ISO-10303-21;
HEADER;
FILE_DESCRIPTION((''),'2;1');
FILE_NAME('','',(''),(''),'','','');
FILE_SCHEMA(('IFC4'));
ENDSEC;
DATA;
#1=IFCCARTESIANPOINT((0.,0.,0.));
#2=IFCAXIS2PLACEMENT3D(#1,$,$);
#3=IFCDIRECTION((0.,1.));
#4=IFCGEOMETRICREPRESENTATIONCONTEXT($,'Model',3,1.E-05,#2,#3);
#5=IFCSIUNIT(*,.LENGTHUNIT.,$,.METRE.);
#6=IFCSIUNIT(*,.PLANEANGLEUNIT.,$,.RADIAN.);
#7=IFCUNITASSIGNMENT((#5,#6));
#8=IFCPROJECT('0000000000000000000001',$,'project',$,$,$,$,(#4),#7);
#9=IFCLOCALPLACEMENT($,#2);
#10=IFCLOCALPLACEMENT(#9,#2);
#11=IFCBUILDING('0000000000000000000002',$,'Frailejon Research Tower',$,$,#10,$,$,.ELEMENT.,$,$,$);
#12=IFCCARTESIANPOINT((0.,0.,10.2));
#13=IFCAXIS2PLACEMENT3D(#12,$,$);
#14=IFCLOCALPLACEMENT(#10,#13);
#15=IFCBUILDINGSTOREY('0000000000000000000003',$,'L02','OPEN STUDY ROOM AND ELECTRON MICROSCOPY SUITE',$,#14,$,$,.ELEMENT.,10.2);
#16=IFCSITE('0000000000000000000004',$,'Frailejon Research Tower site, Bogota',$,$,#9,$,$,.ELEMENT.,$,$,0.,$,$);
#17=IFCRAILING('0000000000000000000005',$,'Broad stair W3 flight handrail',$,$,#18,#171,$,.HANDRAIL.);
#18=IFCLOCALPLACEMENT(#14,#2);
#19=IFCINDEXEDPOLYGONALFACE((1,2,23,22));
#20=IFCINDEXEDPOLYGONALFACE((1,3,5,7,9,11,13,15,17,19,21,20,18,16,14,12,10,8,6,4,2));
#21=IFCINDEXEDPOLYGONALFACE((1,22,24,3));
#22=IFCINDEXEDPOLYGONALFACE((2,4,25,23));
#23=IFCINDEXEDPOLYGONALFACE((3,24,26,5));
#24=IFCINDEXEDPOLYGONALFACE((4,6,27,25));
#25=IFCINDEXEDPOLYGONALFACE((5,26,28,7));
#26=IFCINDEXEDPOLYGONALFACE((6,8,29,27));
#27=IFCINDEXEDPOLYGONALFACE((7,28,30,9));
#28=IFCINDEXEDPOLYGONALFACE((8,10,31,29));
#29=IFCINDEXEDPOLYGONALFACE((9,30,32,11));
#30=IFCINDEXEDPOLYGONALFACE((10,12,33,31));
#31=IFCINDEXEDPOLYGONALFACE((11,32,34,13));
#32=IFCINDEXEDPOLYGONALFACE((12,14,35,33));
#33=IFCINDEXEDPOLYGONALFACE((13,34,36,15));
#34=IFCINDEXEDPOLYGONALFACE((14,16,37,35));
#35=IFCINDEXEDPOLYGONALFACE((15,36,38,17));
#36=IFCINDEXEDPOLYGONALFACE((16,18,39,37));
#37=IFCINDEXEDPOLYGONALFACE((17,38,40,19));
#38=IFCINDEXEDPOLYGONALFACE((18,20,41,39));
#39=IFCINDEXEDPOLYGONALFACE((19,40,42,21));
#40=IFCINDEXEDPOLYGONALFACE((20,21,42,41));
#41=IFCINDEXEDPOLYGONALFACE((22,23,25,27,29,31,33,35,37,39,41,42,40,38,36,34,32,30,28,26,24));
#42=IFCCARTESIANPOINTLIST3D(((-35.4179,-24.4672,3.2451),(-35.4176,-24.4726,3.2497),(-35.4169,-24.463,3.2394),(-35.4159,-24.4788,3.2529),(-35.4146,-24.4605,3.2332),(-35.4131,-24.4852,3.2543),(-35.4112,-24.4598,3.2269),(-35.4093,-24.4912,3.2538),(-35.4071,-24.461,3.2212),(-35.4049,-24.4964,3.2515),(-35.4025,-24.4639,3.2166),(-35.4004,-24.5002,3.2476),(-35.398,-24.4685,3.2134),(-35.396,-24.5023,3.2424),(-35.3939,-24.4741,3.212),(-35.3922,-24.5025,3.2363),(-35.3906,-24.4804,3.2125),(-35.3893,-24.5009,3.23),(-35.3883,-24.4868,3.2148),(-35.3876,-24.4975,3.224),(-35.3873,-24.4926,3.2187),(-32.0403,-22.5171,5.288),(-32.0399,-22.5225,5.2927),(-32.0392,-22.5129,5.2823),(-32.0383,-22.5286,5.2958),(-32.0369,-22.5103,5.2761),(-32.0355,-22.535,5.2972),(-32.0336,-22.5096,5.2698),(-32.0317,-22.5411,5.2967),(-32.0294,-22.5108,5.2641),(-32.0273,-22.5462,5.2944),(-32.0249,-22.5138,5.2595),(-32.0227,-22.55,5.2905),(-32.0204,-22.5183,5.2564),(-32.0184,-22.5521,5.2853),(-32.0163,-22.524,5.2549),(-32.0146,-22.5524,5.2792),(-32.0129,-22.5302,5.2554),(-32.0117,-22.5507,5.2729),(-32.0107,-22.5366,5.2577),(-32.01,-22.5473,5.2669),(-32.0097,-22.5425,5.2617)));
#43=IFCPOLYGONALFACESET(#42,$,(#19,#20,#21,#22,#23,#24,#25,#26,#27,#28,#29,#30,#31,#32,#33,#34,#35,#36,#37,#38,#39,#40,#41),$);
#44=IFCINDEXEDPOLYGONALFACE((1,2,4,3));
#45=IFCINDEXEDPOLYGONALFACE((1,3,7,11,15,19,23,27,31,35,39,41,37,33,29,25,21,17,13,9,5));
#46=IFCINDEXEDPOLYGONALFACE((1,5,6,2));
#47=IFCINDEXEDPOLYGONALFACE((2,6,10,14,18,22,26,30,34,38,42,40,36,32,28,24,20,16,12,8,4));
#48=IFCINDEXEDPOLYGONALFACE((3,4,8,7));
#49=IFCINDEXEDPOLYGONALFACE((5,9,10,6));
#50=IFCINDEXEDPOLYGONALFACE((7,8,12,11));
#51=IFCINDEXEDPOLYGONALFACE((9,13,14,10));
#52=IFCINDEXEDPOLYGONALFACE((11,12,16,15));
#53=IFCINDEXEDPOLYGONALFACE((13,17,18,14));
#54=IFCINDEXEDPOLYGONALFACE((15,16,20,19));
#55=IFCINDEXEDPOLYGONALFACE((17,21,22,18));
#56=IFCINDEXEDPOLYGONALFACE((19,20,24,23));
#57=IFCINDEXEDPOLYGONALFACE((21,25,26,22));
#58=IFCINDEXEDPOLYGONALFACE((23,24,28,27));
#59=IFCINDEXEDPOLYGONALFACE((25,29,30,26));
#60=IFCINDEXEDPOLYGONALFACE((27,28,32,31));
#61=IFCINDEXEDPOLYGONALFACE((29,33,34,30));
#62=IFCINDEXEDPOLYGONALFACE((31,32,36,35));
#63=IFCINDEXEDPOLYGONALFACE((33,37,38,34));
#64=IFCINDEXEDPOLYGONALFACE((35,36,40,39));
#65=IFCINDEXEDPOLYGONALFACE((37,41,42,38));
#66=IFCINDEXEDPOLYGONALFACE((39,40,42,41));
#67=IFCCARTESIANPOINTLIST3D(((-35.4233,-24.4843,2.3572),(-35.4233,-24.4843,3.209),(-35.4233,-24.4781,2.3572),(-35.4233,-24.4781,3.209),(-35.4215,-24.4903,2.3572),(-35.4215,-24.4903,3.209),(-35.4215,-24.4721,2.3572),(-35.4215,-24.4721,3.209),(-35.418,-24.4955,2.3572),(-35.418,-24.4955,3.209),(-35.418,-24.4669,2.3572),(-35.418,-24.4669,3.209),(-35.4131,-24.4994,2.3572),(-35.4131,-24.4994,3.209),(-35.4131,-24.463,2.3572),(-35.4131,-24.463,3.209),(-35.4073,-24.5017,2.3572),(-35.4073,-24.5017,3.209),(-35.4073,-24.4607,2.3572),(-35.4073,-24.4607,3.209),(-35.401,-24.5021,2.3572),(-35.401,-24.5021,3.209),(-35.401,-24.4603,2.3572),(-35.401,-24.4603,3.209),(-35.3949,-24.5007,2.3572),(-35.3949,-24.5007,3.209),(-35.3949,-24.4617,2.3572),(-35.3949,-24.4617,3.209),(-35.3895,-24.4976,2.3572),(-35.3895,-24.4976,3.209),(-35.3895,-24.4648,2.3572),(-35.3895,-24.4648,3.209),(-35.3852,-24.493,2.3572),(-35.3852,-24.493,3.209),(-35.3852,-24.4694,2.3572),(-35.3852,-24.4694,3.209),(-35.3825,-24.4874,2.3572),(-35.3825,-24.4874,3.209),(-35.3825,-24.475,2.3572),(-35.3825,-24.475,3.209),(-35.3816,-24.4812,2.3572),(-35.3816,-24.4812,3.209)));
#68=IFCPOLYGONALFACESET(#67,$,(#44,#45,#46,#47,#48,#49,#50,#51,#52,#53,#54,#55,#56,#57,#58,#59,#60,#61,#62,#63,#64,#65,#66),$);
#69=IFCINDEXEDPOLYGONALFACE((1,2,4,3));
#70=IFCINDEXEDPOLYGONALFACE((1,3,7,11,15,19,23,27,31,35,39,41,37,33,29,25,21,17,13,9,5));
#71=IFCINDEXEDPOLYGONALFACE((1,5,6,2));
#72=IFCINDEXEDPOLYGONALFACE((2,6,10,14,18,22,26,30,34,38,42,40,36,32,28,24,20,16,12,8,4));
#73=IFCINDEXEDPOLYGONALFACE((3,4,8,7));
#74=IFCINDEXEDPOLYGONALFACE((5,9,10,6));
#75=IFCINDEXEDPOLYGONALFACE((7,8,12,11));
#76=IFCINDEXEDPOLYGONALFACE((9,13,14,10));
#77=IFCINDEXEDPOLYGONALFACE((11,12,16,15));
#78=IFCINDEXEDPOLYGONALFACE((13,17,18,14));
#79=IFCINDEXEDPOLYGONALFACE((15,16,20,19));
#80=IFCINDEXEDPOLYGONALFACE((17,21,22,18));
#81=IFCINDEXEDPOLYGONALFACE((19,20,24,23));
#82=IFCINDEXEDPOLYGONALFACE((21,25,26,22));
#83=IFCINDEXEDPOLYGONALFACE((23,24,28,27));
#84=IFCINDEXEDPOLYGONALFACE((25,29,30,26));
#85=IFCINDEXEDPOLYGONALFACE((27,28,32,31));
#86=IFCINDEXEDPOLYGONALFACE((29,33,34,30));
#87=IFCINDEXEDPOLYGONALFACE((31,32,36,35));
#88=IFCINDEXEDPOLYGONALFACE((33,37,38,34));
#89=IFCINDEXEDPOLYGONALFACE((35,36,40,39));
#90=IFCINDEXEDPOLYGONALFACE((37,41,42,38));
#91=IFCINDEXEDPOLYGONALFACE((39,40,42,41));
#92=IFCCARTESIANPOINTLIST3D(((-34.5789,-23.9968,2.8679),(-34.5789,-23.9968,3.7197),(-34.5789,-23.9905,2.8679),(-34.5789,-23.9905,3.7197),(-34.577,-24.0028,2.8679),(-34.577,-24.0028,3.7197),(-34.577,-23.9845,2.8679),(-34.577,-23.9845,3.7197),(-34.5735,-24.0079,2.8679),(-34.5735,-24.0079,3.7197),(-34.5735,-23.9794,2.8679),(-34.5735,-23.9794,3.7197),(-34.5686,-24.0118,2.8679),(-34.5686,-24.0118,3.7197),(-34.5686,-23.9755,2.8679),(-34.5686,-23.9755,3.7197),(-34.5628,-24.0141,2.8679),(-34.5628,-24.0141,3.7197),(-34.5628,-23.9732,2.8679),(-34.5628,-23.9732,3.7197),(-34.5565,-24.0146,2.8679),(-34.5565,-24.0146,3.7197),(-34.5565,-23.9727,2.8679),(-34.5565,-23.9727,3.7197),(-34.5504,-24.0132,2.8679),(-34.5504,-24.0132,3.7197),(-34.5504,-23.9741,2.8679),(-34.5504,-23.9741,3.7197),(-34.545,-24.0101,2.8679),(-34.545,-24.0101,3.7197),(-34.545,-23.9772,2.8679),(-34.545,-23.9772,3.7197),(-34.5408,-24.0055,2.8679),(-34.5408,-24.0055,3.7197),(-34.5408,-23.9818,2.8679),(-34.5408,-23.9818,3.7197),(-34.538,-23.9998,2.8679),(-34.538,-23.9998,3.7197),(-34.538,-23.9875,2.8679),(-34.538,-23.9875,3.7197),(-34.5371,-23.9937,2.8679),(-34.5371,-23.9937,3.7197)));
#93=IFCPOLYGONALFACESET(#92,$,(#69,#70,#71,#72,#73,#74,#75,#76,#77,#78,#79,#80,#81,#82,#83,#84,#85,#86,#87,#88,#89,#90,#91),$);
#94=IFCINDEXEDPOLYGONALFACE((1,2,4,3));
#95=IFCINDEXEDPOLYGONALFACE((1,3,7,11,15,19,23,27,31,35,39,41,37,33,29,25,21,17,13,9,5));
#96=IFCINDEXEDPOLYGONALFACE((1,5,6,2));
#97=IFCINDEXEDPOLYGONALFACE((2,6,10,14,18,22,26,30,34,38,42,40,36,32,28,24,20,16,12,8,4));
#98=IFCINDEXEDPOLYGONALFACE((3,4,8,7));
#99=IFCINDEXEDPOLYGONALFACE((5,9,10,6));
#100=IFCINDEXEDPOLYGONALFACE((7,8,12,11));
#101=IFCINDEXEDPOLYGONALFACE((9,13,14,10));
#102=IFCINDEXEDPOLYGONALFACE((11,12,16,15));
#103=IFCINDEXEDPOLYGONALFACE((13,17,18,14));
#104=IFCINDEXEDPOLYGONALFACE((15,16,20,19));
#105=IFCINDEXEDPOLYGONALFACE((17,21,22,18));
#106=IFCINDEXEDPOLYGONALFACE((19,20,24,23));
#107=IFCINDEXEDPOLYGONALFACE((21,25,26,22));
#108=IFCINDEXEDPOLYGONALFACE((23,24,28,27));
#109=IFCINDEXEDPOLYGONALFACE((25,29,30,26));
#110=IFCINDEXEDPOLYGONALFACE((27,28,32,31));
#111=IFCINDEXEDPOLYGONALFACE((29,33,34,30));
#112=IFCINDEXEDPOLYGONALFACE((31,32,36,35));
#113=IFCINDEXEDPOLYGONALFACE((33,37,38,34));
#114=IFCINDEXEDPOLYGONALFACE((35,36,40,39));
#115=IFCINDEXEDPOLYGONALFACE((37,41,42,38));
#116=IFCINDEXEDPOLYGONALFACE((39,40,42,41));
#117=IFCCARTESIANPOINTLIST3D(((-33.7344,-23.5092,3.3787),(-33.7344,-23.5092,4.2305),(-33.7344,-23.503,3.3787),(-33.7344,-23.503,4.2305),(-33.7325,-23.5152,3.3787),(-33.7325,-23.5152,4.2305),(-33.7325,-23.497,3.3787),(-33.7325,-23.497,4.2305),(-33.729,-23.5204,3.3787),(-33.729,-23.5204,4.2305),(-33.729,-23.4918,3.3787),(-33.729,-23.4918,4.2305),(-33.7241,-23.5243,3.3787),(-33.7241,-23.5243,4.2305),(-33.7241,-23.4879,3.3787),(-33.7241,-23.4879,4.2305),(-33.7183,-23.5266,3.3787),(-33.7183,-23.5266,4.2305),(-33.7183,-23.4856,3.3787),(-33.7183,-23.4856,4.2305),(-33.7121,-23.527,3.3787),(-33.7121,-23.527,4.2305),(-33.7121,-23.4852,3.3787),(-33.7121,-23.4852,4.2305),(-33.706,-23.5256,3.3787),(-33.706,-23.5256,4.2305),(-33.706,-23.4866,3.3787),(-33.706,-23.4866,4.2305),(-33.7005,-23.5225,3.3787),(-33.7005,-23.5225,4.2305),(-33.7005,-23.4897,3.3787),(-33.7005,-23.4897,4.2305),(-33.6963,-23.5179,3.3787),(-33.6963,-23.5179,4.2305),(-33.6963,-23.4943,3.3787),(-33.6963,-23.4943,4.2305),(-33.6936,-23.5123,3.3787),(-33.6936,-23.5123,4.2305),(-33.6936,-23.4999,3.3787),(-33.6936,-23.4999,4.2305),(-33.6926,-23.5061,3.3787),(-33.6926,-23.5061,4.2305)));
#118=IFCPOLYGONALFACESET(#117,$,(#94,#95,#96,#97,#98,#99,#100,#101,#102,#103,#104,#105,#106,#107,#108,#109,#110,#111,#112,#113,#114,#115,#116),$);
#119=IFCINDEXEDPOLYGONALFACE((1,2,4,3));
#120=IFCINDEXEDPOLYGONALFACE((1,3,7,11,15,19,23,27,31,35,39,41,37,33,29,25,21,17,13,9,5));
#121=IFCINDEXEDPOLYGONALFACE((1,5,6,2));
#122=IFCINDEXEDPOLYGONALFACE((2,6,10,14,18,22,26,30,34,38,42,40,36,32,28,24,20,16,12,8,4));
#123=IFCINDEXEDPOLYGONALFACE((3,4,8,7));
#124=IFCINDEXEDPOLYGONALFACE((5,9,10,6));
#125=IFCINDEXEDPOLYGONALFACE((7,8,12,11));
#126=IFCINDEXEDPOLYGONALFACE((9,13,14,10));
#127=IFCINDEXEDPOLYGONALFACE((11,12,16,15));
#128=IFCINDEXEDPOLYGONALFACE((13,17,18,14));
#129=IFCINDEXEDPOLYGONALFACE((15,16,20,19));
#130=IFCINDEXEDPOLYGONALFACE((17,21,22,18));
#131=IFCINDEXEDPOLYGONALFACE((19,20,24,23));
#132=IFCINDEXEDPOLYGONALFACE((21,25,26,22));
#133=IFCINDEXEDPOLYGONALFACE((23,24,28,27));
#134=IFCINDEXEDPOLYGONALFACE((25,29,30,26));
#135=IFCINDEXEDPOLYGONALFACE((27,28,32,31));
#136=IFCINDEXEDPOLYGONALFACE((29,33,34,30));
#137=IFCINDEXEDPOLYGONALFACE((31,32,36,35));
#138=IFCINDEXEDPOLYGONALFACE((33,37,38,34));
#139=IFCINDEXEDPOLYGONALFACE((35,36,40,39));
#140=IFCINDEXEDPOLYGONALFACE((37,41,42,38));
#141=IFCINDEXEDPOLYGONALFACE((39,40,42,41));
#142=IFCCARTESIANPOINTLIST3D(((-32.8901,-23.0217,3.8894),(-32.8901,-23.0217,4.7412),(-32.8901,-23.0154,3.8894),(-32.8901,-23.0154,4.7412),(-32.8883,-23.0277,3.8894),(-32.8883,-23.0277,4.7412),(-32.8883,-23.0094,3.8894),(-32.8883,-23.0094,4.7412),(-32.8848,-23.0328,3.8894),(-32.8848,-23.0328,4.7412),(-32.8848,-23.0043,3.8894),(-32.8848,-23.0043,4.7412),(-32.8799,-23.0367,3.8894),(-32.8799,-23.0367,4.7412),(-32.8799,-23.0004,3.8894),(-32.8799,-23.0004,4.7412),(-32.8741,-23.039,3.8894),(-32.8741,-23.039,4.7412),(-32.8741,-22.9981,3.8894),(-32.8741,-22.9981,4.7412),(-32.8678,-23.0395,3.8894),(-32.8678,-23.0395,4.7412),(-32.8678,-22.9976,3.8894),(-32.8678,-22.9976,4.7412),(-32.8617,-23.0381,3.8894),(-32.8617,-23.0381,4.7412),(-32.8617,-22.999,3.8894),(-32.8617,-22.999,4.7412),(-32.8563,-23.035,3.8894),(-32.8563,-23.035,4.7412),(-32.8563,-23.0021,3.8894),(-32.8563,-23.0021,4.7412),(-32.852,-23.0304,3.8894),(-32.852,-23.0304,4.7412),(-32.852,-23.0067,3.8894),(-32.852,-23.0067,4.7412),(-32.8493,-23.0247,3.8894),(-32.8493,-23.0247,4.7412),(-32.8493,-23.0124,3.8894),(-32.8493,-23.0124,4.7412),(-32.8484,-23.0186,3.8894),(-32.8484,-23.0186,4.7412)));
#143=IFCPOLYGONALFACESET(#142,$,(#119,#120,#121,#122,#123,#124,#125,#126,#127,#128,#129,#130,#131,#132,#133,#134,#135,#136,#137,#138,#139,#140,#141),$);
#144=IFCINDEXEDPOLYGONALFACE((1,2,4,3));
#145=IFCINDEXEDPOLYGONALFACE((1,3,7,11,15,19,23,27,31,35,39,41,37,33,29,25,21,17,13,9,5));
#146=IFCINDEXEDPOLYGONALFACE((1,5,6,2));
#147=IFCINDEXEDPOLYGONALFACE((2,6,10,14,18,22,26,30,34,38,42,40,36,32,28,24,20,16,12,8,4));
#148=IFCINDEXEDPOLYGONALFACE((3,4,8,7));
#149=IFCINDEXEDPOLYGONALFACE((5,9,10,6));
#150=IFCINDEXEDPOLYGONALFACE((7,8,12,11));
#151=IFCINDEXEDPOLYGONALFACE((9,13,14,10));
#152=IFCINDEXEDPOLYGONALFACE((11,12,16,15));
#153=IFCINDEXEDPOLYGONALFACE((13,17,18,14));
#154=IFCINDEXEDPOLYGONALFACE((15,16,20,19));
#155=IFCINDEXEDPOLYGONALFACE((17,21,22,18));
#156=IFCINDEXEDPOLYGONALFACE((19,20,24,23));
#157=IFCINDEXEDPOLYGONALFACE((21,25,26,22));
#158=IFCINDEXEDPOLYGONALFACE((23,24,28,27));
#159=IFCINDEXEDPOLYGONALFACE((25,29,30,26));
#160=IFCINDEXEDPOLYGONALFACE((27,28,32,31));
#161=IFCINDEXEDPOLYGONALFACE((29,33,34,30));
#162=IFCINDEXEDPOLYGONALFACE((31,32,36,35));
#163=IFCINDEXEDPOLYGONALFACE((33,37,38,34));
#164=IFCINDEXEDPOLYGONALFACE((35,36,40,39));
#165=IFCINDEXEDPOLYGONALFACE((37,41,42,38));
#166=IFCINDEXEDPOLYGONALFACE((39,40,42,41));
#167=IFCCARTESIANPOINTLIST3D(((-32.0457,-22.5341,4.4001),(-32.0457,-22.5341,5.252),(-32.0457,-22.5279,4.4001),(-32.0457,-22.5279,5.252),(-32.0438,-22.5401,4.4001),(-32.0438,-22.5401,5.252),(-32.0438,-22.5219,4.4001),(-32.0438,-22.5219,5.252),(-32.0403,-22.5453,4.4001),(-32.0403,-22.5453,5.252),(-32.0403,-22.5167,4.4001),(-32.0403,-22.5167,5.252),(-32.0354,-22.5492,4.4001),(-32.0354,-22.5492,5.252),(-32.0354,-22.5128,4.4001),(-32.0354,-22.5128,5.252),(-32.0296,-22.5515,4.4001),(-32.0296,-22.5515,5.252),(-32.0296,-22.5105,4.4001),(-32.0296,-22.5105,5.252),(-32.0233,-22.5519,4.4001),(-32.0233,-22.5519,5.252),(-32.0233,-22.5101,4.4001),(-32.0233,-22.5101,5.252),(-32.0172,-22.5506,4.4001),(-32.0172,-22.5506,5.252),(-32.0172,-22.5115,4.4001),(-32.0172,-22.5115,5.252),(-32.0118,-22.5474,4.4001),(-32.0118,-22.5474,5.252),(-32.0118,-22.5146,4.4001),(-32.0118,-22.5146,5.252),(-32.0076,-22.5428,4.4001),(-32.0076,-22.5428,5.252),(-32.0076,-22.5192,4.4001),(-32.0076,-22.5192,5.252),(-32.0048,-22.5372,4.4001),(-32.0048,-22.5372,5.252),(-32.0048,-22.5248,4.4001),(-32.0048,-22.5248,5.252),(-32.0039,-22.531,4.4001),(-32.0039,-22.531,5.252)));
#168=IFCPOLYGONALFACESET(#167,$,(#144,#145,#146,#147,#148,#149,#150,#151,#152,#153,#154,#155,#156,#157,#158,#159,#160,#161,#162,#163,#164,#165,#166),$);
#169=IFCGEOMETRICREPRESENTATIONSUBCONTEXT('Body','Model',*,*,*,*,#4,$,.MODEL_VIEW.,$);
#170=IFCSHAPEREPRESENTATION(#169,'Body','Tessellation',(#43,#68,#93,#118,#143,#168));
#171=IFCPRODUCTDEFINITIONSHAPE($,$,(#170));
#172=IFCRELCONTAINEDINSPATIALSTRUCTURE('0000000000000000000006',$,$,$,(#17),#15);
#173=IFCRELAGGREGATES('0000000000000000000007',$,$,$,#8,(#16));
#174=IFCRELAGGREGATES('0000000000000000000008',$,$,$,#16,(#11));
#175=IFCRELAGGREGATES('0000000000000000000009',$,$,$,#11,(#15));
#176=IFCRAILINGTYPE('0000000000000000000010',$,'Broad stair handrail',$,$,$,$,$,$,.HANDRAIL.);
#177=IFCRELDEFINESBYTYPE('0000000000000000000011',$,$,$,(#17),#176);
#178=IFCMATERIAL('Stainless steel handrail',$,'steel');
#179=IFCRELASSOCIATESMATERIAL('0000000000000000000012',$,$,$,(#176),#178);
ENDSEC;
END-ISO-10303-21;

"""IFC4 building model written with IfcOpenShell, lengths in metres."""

from ifc_helpers import new_model, si_unit, direction, frame, origin, origin_2d, place, context, subcontext, project, spatial, circle, extrude, material, type_object, element, save


model = new_model("IFC4")

# Units and contexts
model_context = context("Model", 3, precision=1e-05, world=origin(), true_north=direction((0.0, 1.0)))
body_context = subcontext(model_context, "Body", "Model", "MODEL_VIEW")
ifc_project = project(units=[si_unit("LENGTHUNIT", "METRE"), si_unit("PLANEANGLEUNIT", "RADIAN")], contexts=[model_context])

# Site, building, storey
site_placement = place(None, origin())
site = spatial("IfcSite", under=ifc_project, at=site_placement, Name="Frailejon Research Tower site, Bogota", CompositionType="ELEMENT", RefElevation=0.0)
building_placement = place(site_placement, origin())
building = spatial("IfcBuilding", under=site, at=building_placement, Name="Frailejon Research Tower", CompositionType="ELEMENT")
storey_placement = place(building_placement, frame((0.0, 0.0, 10.2)))
storey = spatial("IfcBuildingStorey", under=building, at=storey_placement, Name="L02", Description="OPEN STUDY ROOM AND ELECTRON MICROSCOPY SUITE", CompositionType="ELEMENT", Elevation=10.2)

# Railing
ifc_material_1 = material(Name="Stainless steel handrail", Category="steel")
railing_type_1 = type_object("IfcRailingType", Name="Broad stair handrail", PredefinedType="HANDRAIL", material=ifc_material_1)
railing_1_placement = place(storey_placement, frame((-35.4026, -24.4812, 2.3572)))
element("IfcRailing", 1, at=railing_1_placement, inside=storey, type_object=railing_type_1, Name="Broad stair W3 flight handrail", PredefinedType="HANDRAIL", context=body_context, shape_type="SweptSolid", body=[
    extrude(circle(Radius=0.0239, at=origin_2d()), frame((0.0, 0.0, 0.876), z_axis=(0.767146, 0.442932, 0.464003), x_axis=(-0.500017, 0.866016, 0.0)), (0.0, 0.0, 1.0), 4.4028),
    extrude(circle(Radius=0.021, at=origin_2d()), origin(), (0.0, 0.0, 1.0), 0.8518),
    extrude(circle(Radius=0.021, at=origin_2d()), frame((0.8445, 0.4875, 0.5107)), (0.0, 0.0, 1.0), 0.8518),
    extrude(circle(Radius=0.021, at=origin_2d()), frame((1.689, 0.9751, 1.0215)), (0.0, 0.0, 1.0), 0.8518),
    extrude(circle(Radius=0.021, at=origin_2d()), frame((2.5332, 1.4626, 1.5322)), (0.0, 0.0, 1.0), 0.8518),
    extrude(circle(Radius=0.021, at=origin_2d()), frame((3.3777, 1.9502, 2.043)), (0.0, 0.0, 1.0), 0.8518),
])

save(model, "model.ifc")
